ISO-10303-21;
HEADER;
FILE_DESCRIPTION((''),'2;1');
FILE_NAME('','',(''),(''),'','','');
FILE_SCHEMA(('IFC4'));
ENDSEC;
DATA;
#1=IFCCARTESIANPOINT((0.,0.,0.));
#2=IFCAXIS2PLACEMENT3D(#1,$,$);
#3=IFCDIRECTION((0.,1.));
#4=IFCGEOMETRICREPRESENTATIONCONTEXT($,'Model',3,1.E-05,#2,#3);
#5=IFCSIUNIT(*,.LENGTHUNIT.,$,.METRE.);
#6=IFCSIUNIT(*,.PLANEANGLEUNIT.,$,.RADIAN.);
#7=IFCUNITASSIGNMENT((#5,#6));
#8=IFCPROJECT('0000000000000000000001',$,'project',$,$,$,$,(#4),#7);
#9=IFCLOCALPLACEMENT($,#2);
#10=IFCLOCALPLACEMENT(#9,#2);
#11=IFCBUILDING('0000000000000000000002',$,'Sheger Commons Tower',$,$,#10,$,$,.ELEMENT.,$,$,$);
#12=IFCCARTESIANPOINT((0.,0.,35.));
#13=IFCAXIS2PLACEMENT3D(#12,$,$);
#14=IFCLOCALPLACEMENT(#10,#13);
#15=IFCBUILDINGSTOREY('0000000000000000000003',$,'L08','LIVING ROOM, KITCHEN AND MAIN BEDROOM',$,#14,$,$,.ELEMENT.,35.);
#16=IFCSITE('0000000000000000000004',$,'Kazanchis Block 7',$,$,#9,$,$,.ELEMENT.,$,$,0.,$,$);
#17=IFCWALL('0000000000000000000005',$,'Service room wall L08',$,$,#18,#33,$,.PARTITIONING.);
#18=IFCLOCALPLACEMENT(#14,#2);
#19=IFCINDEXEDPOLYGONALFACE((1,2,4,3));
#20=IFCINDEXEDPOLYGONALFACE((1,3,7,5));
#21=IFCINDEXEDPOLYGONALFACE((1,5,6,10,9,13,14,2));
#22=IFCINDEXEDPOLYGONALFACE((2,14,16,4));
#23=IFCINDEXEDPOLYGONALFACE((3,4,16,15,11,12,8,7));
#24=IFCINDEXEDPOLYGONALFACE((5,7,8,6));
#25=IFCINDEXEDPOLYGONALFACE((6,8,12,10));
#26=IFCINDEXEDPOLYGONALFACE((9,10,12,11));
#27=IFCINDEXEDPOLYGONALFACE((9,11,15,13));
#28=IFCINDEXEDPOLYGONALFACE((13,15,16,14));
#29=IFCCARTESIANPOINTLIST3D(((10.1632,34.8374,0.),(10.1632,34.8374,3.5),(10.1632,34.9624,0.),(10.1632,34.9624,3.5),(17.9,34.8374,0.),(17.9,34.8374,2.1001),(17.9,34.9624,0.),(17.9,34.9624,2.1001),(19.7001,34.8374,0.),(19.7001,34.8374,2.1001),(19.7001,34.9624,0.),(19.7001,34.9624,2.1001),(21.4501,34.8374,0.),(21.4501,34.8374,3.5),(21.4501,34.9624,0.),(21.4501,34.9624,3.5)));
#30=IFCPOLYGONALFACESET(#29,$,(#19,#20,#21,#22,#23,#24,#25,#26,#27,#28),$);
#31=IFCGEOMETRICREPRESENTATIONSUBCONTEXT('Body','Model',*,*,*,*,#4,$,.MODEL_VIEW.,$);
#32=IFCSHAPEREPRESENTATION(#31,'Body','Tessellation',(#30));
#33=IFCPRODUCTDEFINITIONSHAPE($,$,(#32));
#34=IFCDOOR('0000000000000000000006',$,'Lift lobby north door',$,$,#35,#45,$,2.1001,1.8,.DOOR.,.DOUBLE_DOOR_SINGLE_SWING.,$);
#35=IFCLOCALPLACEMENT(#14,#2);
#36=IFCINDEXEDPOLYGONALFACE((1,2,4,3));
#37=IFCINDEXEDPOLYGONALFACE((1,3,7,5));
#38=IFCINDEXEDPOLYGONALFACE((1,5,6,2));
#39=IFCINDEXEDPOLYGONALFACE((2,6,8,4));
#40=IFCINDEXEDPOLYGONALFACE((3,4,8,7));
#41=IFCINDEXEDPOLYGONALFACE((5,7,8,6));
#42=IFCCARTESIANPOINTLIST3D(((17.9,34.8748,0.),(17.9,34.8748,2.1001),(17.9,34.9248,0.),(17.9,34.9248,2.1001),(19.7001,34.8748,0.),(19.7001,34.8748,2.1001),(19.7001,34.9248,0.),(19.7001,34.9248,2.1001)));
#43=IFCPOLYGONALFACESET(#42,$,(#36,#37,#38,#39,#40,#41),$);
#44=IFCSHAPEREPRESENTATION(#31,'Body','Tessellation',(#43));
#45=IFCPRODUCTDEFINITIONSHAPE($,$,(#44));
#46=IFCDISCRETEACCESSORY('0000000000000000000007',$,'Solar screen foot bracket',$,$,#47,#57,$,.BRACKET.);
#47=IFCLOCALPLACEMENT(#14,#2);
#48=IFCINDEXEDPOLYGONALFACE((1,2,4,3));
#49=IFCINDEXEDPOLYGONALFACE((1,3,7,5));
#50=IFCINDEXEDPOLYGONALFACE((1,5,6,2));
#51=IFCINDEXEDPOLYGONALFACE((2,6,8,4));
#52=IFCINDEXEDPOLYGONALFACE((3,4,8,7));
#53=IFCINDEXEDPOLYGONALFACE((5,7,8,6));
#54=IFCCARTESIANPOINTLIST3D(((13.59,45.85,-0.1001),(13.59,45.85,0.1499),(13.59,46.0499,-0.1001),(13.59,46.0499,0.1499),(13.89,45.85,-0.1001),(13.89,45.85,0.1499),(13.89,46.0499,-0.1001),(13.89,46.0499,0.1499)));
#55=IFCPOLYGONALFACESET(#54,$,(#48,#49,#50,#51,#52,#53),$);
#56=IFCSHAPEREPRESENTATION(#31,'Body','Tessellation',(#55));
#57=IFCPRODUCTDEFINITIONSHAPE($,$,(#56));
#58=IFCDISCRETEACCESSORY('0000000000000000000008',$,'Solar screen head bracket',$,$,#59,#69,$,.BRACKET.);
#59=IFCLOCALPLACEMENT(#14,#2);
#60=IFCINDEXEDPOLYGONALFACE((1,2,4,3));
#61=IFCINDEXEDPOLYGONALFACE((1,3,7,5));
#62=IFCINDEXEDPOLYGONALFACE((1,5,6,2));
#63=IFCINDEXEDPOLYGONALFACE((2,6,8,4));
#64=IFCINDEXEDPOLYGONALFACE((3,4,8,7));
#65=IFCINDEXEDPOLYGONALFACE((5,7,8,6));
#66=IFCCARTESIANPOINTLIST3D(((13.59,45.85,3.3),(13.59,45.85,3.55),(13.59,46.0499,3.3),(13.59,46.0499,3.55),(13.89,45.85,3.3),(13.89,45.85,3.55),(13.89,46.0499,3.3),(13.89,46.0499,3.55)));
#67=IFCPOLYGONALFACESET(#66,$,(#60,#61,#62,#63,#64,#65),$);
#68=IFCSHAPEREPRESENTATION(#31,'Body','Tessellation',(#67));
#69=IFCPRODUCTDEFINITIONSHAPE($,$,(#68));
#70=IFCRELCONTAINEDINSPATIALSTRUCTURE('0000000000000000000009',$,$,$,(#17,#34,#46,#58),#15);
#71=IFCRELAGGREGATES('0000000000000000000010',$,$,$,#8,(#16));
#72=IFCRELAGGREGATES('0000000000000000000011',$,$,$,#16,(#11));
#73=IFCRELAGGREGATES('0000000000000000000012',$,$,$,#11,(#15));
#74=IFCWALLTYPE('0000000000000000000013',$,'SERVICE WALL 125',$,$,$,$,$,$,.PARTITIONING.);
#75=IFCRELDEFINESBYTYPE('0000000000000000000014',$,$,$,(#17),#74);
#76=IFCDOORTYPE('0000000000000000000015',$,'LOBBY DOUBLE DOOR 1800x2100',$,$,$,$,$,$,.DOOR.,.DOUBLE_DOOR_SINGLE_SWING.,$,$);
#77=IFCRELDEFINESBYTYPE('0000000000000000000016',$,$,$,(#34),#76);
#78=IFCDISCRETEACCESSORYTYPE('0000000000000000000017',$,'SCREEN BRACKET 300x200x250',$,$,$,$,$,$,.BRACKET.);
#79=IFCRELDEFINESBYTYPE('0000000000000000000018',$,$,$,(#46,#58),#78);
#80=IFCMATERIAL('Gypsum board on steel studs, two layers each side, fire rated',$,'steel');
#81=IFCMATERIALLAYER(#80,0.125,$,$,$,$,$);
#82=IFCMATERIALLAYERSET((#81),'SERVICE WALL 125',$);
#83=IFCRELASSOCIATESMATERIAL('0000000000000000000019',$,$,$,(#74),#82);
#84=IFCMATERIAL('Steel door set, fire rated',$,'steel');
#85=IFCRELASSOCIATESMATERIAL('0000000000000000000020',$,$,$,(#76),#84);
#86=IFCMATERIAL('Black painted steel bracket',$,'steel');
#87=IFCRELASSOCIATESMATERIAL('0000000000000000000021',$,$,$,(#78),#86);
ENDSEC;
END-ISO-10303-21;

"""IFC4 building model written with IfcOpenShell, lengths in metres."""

from ifc_helpers import new_model, si_unit, direction, frame, frame_2d, origin, origin_2d, place, context, subcontext, project, spatial, rectangle, extrude, material, layer, layer_set, type_object, element, fill, save


model = new_model("IFC4")

# Units and contexts
model_context = context("Model", 3, precision=1e-05, world=origin(), true_north=direction((0.0, 1.0)))
body_context = subcontext(model_context, "Body", "Model", "MODEL_VIEW")
ifc_project = project(units=[si_unit("LENGTHUNIT", "METRE"), si_unit("PLANEANGLEUNIT", "RADIAN")], contexts=[model_context])

# Site, building, storey
site_placement = place(None, origin())
site = spatial("IfcSite", under=ifc_project, at=site_placement, Name="Kazanchis Block 7", CompositionType="ELEMENT", RefElevation=0.0)
building_placement = place(site_placement, origin())
building = spatial("IfcBuilding", under=site, at=building_placement, Name="Sheger Commons Tower", CompositionType="ELEMENT")
storey_placement = place(building_placement, frame((0.0, 0.0, 35.0)))
storey = spatial("IfcBuildingStorey", under=building, at=storey_placement, Name="L08", Description="LIVING ROOM, KITCHEN AND MAIN BEDROOM", CompositionType="ELEMENT", Elevation=35.0)

# Wall, opening, door
ifc_material_1 = material(Name="Gypsum board on steel studs, two layers each side, fire rated", Category="steel")
ifc_layer_1 = layer(ifc_material_1, 0.125)
ifc_layer_set_1 = layer_set([ifc_layer_1], Name="SERVICE WALL 125")
wall_type_1 = type_object("IfcWallType", Name="SERVICE WALL 125", PredefinedType="PARTITIONING", material=ifc_layer_set_1)
wall_1_placement = place(storey_placement, frame((10.1631, 34.8999, 0.0), z_axis=(0.0, 0.0, 1.0), x_axis=(1.0, 0.0, 0.0)))
wall_1 = element("IfcWall", 1, at=wall_1_placement, inside=storey, type_object=wall_type_1, Name="Service room wall L08", PredefinedType="PARTITIONING", context=body_context, shape_type="SweptSolid", body=[
    extrude(rectangle(XDim=11.2869, YDim=0.125, at=frame_2d((5.6436, 0.0))), origin(), (0.0, 0.0, 1.0), 3.5),
])
opening_1_placement = place(wall_1_placement, frame((7.7371, 0.0, 0.0)))
opening_1 = element("IfcOpeningElement", 2, at=opening_1_placement, cuts=wall_1, PredefinedType="OPENING", context=body_context, shape_type="SweptSolid", body=[
    extrude(rectangle(XDim=1.8, YDim=2.1001, at=frame_2d((0.8999, 1.05))), frame((0.0, 0.0725, 0.0), z_axis=(0.0, -1.0, 0.0), x_axis=(1.0, 0.0, 0.0)), (0.0, 0.0, 1.0), 0.145),
])
ifc_material_2 = material(Name="Steel door set, fire rated", Category="steel")
door_type_1 = type_object("IfcDoorType", Name="LOBBY DOUBLE DOOR 1800x2100", OperationType="DOUBLE_DOOR_SINGLE_SWING", PredefinedType="DOOR", material=ifc_material_2)
door_1_placement = place(opening_1_placement, origin())
door_1 = element("IfcDoor", 3, at=door_1_placement, inside=storey, type_object=door_type_1, Name="Lift lobby north door", OperationType="DOUBLE_DOOR_SINGLE_SWING", OverallHeight=2.1001, OverallWidth=1.8, PredefinedType="DOOR", context=body_context, shape_type="SweptSolid", body=[
    extrude(rectangle(XDim=1.8, YDim=2.1001, at=frame_2d((0.8999, 1.05))), frame((0.0, 0.0249, 0.0), z_axis=(0.0, -1.0, 0.0), x_axis=(1.0, 0.0, 0.0)), (0.0, 0.0, 1.0), 0.05),
])
fill(opening_1, door_1)

# Discrete accessories
ifc_material_3 = material(Name="Black painted steel bracket", Category="steel")
discrete_accessory_type = type_object("IfcDiscreteAccessoryType", Name="SCREEN BRACKET 300x200x250", PredefinedType="BRACKET", material=ifc_material_3)
for number, where, z_axis, x_axis, name in (
    (4, (13.74, 45.95, -0.1001), (0.0, 0.0, 1.0), (-1.0, 0.0, 0.0), "Solar screen foot bracket"),
    (5, (13.74, 45.95, 3.3), (0.0, 0.0, 1.0), (-1.0, 0.0, 0.0), "Solar screen head bracket"),
):
    element("IfcDiscreteAccessory", number, at=place(storey_placement, frame(where, z_axis=z_axis, x_axis=x_axis)), inside=storey, type_object=discrete_accessory_type, Name=name, PredefinedType="BRACKET", context=body_context, shape_type="SweptSolid", body=[
        extrude(rectangle(XDim=0.3, YDim=0.2, at=origin_2d()), origin(), (0.0, 0.0, 1.0), 0.25),
    ])

save(model, "model.ifc")
